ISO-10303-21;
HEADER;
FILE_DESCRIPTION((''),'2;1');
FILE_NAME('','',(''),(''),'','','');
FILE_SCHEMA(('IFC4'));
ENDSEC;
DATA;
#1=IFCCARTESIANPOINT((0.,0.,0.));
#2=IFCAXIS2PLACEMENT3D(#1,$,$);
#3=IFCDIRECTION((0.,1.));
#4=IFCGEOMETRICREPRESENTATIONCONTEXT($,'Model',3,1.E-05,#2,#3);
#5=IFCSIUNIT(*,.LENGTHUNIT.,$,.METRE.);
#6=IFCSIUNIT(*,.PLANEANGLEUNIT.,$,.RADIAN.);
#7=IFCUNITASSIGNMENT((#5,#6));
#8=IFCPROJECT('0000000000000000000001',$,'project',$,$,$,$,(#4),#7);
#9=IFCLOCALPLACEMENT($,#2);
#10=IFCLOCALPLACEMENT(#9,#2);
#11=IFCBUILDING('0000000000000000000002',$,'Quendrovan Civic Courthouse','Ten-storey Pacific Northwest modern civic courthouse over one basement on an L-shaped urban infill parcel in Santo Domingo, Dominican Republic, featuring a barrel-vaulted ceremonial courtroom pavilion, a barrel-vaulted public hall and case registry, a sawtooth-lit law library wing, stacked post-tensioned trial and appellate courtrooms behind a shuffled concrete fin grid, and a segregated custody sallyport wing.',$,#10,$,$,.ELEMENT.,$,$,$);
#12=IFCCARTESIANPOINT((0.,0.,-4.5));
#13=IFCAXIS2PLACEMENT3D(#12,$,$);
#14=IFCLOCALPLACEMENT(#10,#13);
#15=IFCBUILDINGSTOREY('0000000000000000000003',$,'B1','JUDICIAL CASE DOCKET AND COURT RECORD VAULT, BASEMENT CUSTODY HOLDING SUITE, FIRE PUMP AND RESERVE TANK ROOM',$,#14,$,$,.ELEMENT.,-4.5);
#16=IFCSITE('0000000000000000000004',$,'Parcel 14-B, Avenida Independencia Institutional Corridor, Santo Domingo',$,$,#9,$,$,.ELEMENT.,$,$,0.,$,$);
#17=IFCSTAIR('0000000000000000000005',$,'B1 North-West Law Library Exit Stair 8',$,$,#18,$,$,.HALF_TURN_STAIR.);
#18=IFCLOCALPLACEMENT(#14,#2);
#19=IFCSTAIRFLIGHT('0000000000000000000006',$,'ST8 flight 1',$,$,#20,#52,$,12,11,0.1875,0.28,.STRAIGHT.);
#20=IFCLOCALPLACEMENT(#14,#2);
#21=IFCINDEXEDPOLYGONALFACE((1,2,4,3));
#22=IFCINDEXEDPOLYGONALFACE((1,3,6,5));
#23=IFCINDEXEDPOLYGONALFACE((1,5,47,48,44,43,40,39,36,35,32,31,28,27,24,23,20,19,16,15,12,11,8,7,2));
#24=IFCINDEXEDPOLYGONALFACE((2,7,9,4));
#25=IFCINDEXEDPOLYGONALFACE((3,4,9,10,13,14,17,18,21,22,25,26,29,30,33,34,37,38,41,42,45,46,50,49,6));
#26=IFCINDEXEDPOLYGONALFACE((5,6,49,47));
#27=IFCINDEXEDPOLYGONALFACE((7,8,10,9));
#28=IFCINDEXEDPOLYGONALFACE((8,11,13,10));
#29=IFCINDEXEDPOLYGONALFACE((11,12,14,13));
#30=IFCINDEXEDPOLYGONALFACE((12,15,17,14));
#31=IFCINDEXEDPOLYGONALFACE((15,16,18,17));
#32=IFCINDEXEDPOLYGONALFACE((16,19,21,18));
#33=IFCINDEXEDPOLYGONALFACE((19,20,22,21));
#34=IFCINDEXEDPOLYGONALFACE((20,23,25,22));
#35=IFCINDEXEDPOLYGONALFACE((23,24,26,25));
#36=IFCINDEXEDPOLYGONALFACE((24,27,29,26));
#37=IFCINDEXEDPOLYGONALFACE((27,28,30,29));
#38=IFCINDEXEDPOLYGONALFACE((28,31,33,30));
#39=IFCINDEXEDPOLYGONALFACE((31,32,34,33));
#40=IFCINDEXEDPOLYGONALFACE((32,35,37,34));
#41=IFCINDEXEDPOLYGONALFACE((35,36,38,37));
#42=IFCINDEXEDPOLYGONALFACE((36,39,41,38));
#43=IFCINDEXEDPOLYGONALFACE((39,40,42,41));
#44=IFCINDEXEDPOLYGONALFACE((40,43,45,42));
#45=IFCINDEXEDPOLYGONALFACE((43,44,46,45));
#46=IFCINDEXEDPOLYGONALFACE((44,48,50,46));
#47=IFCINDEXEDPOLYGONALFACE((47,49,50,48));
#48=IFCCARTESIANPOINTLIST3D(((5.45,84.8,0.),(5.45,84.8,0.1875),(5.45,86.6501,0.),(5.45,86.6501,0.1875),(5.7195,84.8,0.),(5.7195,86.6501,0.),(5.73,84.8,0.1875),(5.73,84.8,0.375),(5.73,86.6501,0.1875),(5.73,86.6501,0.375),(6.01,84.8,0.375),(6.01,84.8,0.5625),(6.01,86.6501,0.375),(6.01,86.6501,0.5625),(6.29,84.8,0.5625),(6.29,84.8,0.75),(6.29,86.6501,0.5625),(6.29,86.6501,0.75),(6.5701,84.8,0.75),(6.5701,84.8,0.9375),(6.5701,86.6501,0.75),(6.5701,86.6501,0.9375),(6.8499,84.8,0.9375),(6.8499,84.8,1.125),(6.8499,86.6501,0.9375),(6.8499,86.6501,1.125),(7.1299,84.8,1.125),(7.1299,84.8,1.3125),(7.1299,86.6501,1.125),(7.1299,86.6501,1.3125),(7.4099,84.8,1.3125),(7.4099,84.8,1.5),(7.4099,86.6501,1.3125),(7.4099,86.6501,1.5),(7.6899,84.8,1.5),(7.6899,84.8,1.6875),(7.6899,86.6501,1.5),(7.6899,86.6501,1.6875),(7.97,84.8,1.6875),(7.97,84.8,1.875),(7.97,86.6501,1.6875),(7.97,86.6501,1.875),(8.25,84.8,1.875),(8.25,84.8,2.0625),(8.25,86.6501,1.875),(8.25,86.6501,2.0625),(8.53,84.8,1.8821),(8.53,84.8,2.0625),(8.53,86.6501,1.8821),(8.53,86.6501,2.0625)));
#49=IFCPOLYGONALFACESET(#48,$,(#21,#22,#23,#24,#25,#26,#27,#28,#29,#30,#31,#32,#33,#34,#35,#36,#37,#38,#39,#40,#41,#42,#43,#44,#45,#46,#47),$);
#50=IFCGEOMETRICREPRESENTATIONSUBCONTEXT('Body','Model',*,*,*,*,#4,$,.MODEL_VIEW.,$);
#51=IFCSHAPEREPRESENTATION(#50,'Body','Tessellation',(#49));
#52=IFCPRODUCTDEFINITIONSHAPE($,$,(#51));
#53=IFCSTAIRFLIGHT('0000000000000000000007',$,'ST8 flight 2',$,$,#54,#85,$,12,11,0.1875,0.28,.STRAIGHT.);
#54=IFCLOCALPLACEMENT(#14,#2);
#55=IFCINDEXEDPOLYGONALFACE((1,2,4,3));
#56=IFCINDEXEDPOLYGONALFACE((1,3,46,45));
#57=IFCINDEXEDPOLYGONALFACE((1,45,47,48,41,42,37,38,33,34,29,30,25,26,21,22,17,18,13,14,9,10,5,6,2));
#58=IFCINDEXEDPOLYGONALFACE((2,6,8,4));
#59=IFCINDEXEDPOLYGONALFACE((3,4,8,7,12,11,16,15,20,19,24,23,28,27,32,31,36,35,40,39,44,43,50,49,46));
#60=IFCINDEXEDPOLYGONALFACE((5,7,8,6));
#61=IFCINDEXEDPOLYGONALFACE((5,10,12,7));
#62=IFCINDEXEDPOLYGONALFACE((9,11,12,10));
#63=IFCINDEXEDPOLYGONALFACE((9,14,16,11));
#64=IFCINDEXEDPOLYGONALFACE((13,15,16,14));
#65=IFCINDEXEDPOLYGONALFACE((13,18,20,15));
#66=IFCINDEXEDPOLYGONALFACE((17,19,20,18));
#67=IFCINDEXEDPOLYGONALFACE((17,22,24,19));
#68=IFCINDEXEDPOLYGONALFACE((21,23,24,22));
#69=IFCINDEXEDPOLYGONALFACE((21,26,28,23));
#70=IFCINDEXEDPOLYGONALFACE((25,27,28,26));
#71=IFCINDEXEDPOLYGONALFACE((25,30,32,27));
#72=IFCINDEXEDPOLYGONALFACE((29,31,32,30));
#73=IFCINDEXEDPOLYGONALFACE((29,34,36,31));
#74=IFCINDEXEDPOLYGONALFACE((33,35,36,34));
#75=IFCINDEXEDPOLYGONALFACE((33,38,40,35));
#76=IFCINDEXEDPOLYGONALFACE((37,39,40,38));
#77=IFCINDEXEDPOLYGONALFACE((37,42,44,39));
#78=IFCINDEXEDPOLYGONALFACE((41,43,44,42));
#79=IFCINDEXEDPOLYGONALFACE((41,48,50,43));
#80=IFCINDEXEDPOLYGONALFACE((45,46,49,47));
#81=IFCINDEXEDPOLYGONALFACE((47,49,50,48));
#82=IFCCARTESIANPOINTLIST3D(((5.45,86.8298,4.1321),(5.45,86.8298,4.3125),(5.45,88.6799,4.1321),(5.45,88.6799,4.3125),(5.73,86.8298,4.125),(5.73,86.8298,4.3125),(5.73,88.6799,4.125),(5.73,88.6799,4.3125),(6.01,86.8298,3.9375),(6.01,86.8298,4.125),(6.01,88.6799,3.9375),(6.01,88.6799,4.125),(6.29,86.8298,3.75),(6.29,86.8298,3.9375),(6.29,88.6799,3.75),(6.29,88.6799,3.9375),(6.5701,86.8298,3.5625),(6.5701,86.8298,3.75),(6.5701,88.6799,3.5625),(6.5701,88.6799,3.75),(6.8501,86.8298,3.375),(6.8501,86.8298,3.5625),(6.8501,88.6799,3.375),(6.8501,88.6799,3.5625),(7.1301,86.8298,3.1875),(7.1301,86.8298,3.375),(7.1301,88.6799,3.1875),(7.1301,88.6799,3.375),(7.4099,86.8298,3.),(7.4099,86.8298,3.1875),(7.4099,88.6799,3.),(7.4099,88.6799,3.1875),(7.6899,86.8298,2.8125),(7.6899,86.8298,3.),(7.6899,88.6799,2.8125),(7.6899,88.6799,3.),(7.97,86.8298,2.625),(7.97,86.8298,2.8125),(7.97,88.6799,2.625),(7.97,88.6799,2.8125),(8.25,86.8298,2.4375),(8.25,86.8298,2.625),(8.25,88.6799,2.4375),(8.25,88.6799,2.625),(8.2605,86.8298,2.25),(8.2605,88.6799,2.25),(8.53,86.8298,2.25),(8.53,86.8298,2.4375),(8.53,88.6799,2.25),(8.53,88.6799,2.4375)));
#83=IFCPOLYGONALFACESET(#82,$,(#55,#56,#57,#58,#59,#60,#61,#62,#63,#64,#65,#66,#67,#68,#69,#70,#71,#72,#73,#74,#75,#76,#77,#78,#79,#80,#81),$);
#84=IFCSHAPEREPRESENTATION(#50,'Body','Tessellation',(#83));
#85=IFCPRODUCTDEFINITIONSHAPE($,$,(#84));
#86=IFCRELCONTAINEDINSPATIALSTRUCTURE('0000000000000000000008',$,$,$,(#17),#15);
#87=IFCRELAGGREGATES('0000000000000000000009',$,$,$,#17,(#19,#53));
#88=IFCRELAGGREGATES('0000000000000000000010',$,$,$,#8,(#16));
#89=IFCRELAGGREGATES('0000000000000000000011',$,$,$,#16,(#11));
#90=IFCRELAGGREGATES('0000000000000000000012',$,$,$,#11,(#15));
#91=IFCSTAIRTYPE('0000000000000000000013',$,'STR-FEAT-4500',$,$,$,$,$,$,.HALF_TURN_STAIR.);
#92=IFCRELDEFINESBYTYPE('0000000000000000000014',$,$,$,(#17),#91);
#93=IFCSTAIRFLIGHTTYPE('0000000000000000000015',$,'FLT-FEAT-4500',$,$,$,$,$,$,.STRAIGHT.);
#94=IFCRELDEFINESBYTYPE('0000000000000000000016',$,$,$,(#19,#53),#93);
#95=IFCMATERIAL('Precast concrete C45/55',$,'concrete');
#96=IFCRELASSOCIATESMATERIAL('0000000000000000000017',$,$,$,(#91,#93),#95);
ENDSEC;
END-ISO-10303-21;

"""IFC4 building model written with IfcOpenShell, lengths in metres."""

from ifc_helpers import new_model, si_unit, direction, frame, origin, place, context, subcontext, project, spatial, polyline, outline, extrude, material, type_object, element, aggregate, save


model = new_model("IFC4")

# Units and contexts
model_context = context("Model", 3, precision=1e-05, world=origin(), true_north=direction((0.0, 1.0)))
body_context = subcontext(model_context, "Body", "Model", "MODEL_VIEW")
ifc_project = project(units=[si_unit("LENGTHUNIT", "METRE"), si_unit("PLANEANGLEUNIT", "RADIAN")], contexts=[model_context])

# Site, building, storey
site_placement = place(None, origin())
site = spatial("IfcSite", under=ifc_project, at=site_placement, Name="Parcel 14-B, Avenida Independencia Institutional Corridor, Santo Domingo", CompositionType="ELEMENT", RefElevation=0.0)
building_placement = place(site_placement, origin())
building = spatial("IfcBuilding", under=site, at=building_placement, Name="Quendrovan Civic Courthouse", Description="Ten-storey Pacific Northwest modern civic courthouse over one basement on an L-shaped urban infill parcel in Santo Domingo, Dominican Republic, featuring a barrel-vaulted ceremonial courtroom pavilion, a barrel-vaulted public hall and case registry, a sawtooth-lit law library wing, stacked post-tensioned trial and appellate courtrooms behind a shuffled concrete fin grid, and a segregated custody sallyport wing.", CompositionType="ELEMENT")
storey_placement = place(building_placement, frame((0.0, 0.0, -4.5)))
storey = spatial("IfcBuildingStorey", under=building, at=storey_placement, Name="B1", Description="JUDICIAL CASE DOCKET AND COURT RECORD VAULT, BASEMENT CUSTODY HOLDING SUITE, FIRE PUMP AND RESERVE TANK ROOM", CompositionType="ELEMENT", Elevation=-4.5)

# Stair, stair flights
ifc_material_1 = material(Name="Precast concrete C45/55", Category="concrete")
stair_type = type_object("IfcStairType", Name="STR-FEAT-4500", PredefinedType="HALF_TURN_STAIR", material=ifc_material_1)
stair_placement = place(storey_placement, origin())
stair = element("IfcStair", 1, at=stair_placement, inside=storey, type_object=stair_type, Name="B1 North-West Law Library Exit Stair 8", PredefinedType="HALF_TURN_STAIR")
stair_flight_type = type_object("IfcStairFlightType", Name="FLT-FEAT-4500", PredefinedType="STRAIGHT", material=ifc_material_1)
stair_flight_1_placement = place(storey_placement, frame((5.45, 85.7251, 0.0), z_axis=(0.0, 0.0, 1.0), x_axis=(1.0, 0.0, 0.0)))
stair_flight_1 = element("IfcStairFlight", 2, at=stair_flight_1_placement, type_object=stair_flight_type, Name="ST8 flight 1", NumberOfRisers=12, NumberOfTreads=11, PredefinedType="STRAIGHT", RiserHeight=0.1875, TreadLength=0.28, context=body_context, shape_type="SweptSolid", body=[
    extrude(outline(polyline([(0.0, 0.0), (0.0, 0.1875), (0.28, 0.1875), (0.28, 0.375), (0.5601, 0.375), (0.5601, 0.5625), (0.8401, 0.5625), (0.8401, 0.75), (1.1201, 0.75), (1.1201, 0.9375), (1.3999, 0.9375), (1.3999, 1.125), (1.6799, 1.125), (1.6799, 1.3125), (1.96, 1.3125), (1.96, 1.5), (2.24, 1.5), (2.24, 1.6875), (2.52, 1.6875), (2.52, 1.875), (2.8, 1.875), (2.8, 2.0625), (3.0801, 2.0625), (3.0801, 2.25), (3.0801, 1.8821), (0.2695, 0.0), (0.0, 0.0)])), frame((0.0, 0.925, 0.0), z_axis=(0.0, -1.0, 0.0), x_axis=(1.0, 0.0, 0.0)), (0.0, 0.0, 1.0), 1.8501),
])
stair_flight_2_placement = place(storey_placement, frame((8.53, 87.7549, 2.25), z_axis=(0.0, 0.0, 1.0), x_axis=(-1.0, 0.0, 0.0)))
stair_flight_2 = element("IfcStairFlight", 3, at=stair_flight_2_placement, type_object=stair_flight_type, Name="ST8 flight 2", NumberOfRisers=12, NumberOfTreads=11, PredefinedType="STRAIGHT", RiserHeight=0.1875, TreadLength=0.28, context=body_context, shape_type="SweptSolid", body=[
    extrude(outline(polyline([(0.0, 0.0), (0.0, 0.1875), (0.28, 0.1875), (0.28, 0.375), (0.5601, 0.375), (0.5601, 0.5625), (0.8401, 0.5625), (0.8401, 0.75), (1.1201, 0.75), (1.1201, 0.9375), (1.3999, 0.9375), (1.3999, 1.125), (1.6799, 1.125), (1.6799, 1.3125), (1.96, 1.3125), (1.96, 1.5), (2.24, 1.5), (2.24, 1.6875), (2.52, 1.6875), (2.52, 1.875), (2.8, 1.875), (2.8, 2.0625), (3.0801, 2.0625), (3.0801, 2.25), (3.0801, 1.8821), (0.2695, 0.0), (0.0, 0.0)])), frame((0.0, 0.925, 0.0), z_axis=(0.0, -1.0, 0.0), x_axis=(1.0, 0.0, 0.0)), (0.0, 0.0, 1.0), 1.8501),
])
aggregate(stair, [stair_flight_1, stair_flight_2])

save(model, "model.ifc")
